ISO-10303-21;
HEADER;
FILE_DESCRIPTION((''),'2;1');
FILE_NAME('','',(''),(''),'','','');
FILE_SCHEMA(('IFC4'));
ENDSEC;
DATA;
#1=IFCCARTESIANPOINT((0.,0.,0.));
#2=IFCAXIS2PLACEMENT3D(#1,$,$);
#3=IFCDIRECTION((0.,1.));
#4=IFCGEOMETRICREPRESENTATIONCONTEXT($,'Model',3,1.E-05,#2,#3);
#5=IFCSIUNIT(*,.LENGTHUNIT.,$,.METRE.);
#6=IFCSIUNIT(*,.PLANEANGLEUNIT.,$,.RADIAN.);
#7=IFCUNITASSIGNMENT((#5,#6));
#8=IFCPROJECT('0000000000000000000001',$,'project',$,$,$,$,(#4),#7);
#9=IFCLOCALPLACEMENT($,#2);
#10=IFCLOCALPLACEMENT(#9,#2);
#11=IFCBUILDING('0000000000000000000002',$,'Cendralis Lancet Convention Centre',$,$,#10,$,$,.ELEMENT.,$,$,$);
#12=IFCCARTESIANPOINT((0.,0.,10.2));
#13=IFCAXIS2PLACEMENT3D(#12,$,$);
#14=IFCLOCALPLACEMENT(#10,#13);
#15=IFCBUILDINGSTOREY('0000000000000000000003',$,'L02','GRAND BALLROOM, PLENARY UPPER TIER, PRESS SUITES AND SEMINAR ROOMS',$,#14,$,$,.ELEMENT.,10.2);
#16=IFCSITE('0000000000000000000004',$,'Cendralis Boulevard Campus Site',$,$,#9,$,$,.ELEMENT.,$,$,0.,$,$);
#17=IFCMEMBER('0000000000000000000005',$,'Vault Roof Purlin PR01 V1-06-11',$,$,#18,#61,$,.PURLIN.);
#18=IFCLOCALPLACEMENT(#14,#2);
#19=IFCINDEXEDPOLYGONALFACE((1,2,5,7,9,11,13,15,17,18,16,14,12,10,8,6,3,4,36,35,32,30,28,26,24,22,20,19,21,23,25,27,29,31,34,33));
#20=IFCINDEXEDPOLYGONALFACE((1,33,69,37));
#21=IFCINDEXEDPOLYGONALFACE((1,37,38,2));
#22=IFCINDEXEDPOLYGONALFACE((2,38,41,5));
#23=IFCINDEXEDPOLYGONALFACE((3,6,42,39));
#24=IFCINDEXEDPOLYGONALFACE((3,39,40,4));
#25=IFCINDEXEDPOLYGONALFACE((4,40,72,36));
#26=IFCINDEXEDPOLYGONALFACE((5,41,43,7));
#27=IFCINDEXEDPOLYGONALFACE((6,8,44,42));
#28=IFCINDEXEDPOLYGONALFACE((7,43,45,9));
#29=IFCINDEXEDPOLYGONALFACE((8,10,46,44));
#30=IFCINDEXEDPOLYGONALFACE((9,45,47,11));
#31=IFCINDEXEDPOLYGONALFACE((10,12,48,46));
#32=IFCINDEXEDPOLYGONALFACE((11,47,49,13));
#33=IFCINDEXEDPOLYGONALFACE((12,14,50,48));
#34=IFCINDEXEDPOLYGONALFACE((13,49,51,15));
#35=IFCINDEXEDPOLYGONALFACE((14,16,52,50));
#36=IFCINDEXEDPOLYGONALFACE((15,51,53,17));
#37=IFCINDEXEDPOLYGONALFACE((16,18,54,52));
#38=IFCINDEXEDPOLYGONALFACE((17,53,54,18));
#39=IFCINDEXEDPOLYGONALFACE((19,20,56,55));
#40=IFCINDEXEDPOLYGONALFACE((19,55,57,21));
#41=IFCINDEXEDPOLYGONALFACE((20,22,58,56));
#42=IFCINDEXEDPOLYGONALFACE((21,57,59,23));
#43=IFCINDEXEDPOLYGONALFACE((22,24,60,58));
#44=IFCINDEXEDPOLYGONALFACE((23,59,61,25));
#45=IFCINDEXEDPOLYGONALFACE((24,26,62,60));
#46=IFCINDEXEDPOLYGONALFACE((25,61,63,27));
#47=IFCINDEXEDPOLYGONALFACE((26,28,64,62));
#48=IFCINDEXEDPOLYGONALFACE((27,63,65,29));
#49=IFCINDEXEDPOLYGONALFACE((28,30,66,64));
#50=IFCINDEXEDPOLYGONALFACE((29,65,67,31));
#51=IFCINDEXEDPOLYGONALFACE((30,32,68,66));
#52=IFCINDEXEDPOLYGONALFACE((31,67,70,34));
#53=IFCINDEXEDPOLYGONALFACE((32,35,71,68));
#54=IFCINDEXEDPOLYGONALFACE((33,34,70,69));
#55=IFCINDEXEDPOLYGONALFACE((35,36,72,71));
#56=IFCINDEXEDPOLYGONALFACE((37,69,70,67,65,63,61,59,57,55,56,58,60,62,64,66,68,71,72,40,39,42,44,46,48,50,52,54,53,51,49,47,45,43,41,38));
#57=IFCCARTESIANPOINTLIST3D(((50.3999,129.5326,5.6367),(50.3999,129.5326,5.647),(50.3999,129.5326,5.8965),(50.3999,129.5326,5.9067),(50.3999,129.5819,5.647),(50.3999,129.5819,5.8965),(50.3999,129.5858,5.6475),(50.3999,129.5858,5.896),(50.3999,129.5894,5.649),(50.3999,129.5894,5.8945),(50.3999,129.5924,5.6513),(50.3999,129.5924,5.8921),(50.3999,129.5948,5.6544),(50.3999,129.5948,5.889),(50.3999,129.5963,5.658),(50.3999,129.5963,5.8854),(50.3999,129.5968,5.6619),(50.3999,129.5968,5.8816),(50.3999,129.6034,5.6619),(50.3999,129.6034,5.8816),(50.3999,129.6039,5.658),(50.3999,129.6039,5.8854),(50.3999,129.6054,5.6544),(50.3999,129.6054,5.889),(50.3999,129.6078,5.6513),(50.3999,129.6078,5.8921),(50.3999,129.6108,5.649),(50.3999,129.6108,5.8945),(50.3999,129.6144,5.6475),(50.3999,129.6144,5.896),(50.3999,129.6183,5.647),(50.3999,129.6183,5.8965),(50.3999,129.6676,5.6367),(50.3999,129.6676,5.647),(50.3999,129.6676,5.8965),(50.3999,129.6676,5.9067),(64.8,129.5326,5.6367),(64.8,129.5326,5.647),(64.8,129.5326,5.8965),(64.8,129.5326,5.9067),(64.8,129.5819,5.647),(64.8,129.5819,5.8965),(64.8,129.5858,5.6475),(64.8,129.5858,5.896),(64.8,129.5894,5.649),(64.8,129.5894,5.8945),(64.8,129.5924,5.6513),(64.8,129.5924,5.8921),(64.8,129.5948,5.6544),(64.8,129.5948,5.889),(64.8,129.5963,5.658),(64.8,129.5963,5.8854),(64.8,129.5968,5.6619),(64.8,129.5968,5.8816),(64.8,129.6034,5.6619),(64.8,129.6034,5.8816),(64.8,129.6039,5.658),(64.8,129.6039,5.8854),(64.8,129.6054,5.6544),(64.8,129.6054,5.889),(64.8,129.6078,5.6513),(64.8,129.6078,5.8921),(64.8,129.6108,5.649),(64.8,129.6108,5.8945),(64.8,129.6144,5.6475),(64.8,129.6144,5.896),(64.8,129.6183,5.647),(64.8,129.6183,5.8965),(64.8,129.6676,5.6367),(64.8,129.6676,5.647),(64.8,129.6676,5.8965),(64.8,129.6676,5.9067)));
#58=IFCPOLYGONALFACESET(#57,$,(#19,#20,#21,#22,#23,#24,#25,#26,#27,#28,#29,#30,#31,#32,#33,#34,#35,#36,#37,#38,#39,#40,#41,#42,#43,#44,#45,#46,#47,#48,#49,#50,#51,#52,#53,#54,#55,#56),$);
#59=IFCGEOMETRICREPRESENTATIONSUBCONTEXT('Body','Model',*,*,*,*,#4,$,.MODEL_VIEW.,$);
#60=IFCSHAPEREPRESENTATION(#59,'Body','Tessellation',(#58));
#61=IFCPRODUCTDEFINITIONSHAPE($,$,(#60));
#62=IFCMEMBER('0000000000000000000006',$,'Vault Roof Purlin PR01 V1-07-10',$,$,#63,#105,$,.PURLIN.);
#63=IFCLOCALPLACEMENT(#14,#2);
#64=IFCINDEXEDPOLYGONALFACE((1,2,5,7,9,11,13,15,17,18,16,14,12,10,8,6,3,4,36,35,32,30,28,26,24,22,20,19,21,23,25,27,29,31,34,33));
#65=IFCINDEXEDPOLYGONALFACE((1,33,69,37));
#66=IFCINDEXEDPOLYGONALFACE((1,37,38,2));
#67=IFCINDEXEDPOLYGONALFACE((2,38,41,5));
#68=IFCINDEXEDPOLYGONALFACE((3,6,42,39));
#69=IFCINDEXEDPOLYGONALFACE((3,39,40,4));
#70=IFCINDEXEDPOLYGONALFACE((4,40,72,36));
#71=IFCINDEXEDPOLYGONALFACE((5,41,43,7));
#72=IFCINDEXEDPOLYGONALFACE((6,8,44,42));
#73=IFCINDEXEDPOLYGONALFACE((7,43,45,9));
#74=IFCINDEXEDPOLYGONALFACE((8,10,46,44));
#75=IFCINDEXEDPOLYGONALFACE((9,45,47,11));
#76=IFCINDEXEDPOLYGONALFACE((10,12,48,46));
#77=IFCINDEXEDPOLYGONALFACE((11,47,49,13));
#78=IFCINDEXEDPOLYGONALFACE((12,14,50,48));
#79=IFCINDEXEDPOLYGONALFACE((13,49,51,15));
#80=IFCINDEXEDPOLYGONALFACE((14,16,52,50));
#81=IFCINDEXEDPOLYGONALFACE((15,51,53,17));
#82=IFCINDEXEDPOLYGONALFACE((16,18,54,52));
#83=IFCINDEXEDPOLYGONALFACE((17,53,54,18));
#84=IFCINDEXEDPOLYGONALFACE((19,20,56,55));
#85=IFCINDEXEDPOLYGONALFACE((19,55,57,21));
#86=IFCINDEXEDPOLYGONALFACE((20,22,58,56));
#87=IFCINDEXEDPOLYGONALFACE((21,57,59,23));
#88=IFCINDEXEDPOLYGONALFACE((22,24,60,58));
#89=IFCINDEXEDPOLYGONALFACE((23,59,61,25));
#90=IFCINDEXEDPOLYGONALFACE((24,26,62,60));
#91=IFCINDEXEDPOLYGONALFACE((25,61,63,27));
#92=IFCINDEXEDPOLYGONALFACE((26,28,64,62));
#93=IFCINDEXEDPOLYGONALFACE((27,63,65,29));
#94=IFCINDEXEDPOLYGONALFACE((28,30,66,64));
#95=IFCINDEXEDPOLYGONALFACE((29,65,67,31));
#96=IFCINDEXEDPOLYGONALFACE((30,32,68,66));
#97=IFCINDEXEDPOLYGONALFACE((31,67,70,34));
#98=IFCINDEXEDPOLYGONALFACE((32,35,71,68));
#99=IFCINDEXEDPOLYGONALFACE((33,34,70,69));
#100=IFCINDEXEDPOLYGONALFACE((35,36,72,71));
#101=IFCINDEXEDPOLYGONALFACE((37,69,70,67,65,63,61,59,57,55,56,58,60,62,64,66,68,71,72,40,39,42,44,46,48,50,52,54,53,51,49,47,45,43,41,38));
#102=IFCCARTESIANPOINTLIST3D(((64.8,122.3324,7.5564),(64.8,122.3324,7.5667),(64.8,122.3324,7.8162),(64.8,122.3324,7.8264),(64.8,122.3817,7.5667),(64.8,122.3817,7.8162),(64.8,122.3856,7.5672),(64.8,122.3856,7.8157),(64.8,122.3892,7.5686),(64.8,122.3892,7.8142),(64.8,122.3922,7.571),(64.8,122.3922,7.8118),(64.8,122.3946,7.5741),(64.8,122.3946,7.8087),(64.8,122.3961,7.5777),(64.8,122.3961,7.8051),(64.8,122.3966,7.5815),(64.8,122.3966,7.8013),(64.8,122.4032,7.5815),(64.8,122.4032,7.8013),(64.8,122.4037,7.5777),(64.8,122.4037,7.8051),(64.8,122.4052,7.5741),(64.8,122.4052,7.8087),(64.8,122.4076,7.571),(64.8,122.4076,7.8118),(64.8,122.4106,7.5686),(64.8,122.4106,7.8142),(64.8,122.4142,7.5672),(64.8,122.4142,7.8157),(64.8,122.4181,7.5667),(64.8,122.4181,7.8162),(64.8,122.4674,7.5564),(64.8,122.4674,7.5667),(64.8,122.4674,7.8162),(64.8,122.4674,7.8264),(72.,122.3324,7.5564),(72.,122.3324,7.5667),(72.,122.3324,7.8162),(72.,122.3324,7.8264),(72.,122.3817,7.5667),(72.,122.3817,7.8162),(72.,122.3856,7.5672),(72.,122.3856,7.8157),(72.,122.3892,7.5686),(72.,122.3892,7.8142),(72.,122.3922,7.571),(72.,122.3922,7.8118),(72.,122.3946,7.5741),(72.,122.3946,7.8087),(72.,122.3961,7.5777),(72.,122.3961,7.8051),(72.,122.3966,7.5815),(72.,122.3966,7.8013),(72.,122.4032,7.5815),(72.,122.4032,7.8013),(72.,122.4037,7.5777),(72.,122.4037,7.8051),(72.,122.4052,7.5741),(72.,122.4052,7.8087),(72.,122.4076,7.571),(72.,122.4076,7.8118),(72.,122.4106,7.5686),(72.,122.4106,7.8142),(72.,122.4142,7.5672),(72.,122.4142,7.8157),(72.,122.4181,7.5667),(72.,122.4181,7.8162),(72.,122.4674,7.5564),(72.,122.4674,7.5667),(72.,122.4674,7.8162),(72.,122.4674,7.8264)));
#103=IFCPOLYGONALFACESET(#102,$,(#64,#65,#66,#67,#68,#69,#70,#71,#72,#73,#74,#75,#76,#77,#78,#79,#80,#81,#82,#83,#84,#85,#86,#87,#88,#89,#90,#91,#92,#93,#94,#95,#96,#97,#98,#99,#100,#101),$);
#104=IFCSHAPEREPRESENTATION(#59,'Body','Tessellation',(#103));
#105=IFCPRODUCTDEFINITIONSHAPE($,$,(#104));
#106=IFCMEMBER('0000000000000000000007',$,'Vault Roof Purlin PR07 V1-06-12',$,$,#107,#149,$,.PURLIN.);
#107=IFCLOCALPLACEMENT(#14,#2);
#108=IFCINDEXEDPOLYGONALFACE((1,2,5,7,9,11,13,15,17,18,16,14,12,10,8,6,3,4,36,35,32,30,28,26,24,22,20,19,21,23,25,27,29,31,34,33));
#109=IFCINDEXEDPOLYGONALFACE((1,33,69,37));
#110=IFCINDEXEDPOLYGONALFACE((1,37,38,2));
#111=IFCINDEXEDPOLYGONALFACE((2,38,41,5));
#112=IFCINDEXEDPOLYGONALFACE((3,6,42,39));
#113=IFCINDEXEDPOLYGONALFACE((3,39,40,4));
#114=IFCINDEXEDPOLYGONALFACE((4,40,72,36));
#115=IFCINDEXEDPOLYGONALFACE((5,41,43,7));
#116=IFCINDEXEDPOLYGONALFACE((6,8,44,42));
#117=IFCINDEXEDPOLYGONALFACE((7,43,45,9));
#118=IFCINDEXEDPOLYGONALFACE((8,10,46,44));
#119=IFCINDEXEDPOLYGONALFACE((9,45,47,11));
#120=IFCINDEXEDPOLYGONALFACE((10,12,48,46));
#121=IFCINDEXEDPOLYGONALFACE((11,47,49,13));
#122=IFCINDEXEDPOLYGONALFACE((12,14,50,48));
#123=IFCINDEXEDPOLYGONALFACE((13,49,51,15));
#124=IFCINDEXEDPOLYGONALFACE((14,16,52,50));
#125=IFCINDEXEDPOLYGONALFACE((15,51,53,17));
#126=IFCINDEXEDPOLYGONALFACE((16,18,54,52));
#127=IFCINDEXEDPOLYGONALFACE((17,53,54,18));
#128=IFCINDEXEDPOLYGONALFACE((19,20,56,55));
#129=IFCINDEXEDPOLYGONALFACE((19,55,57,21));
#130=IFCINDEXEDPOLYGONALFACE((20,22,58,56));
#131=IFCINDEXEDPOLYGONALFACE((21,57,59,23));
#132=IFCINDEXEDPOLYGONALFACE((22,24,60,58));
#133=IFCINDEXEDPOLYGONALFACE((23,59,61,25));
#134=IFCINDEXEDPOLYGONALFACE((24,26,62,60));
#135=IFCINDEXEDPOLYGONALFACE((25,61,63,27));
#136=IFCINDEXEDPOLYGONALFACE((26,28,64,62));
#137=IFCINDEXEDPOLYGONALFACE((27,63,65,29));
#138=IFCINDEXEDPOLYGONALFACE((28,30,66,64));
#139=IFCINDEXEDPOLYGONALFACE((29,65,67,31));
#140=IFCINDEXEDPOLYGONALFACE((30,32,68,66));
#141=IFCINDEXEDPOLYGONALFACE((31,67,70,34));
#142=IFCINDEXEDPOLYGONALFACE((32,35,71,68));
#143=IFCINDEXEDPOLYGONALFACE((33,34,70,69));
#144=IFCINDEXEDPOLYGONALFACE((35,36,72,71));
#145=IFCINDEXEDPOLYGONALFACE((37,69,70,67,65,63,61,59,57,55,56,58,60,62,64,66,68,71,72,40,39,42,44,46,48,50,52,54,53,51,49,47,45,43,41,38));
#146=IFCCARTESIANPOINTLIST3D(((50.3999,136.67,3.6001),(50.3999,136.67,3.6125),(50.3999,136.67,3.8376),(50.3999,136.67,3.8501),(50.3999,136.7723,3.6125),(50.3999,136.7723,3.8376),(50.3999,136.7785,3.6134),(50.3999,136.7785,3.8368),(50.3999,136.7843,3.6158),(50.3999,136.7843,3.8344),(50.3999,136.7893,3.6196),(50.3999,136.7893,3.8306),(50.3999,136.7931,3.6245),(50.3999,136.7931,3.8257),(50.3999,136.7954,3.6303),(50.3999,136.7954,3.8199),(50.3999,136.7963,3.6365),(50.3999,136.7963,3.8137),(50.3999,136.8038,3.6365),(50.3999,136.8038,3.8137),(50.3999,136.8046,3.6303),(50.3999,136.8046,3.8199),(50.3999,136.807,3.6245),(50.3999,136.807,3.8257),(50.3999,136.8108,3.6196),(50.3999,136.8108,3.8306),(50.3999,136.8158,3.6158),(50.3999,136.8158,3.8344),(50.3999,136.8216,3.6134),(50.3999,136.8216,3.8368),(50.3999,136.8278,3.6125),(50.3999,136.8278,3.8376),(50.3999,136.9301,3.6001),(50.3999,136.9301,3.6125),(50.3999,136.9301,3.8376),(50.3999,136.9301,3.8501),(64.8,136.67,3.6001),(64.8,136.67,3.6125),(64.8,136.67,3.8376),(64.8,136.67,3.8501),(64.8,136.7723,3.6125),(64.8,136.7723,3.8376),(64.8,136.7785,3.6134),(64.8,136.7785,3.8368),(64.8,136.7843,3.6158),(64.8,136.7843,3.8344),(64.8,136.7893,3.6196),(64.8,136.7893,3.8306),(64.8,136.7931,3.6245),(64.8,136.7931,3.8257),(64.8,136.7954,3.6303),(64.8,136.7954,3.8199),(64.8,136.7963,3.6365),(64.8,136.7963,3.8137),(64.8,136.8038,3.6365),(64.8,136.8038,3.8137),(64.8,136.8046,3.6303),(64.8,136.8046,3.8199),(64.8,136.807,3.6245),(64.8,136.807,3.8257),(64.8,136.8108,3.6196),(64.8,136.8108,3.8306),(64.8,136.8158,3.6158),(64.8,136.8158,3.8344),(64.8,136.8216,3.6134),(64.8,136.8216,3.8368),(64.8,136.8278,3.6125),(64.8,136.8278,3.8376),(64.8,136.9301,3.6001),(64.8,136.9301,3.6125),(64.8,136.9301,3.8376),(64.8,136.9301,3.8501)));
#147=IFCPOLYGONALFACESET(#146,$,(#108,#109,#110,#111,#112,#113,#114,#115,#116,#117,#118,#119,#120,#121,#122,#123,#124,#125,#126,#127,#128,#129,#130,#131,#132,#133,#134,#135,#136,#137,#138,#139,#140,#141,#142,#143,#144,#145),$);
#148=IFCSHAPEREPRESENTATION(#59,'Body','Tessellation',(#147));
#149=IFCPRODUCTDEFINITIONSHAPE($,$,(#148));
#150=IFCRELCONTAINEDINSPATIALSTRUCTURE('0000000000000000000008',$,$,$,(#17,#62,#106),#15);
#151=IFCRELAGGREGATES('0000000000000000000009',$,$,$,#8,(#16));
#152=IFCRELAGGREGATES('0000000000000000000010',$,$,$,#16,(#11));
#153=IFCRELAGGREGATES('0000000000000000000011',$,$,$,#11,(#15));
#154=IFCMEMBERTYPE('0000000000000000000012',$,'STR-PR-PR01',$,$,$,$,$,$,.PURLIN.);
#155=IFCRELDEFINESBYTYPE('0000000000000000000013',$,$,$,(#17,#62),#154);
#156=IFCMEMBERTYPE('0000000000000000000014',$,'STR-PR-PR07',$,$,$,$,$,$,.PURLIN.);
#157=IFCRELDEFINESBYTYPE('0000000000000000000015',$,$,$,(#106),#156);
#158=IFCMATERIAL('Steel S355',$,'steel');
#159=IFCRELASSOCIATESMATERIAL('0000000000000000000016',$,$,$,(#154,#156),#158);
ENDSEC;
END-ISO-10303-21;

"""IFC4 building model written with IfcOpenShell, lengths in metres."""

from ifc_helpers import new_model, si_unit, direction, frame, origin, origin_2d, place, context, subcontext, project, spatial, i_section, extrude, material, material_profile, profile_set, type_object, element, save


model = new_model("IFC4")

# Units and contexts
model_context = context("Model", 3, precision=1e-05, world=origin(), true_north=direction((0.0, 1.0)))
body_context = subcontext(model_context, "Body", "Model", "MODEL_VIEW")
ifc_project = project(units=[si_unit("LENGTHUNIT", "METRE"), si_unit("PLANEANGLEUNIT", "RADIAN")], contexts=[model_context])

# Site, building, storey
site_placement = place(None, origin())
site = spatial("IfcSite", under=ifc_project, at=site_placement, Name="Cendralis Boulevard Campus Site", CompositionType="ELEMENT", RefElevation=0.0)
building_placement = place(site_placement, origin())
building = spatial("IfcBuilding", under=site, at=building_placement, Name="Cendralis Lancet Convention Centre", CompositionType="ELEMENT")
storey_placement = place(building_placement, frame((0.0, 0.0, 10.2)))
storey = spatial("IfcBuildingStorey", under=building, at=storey_placement, Name="L02", Description="GRAND BALLROOM, PLENARY UPPER TIER, PRESS SUITES AND SEMINAR ROOMS", CompositionType="ELEMENT", Elevation=10.2)

# Members
ifc_material_1 = material(Name="Steel S355", Category="steel")
ifc_material_profile_1 = material_profile(ifc_material_1, i_section(OverallWidth=0.135, OverallDepth=0.27, WebThickness=0.0066, FlangeThickness=0.0103, FilletRadius=0.0149, at=origin_2d()), Name="IPE 270")
ifc_profile_set_1 = profile_set([ifc_material_profile_1], Name="Steel S355")
member_type_1 = type_object("IfcMemberType", Name="STR-PR-PR01", PredefinedType="PURLIN", material=ifc_profile_set_1)
for number, where, z_axis, x_axis, name in (
    (1, (50.3999, 129.6001, 5.7717), (1.0, 0.0, 0.0), (0.0, 1.0, 0.0), "Vault Roof Purlin PR01 V1-06-11"),
):
    element("IfcMember", number, at=place(storey_placement, frame(where, z_axis=z_axis, x_axis=x_axis)), inside=storey, type_object=member_type_1, Name=name, PredefinedType="PURLIN", context=body_context, shape_type="SweptSolid", body=[
        extrude(i_section(OverallWidth=0.135, OverallDepth=0.27, WebThickness=0.0066, FlangeThickness=0.0103, FilletRadius=0.0149, at=origin_2d()), origin(), (0.0, 0.0, 1.0), 14.4001),
    ])
member_1_placement = place(storey_placement, frame((64.8, 122.3999, 7.6914), z_axis=(1.0, 0.0, 0.0), x_axis=(0.0, 1.0, 0.0)))
element("IfcMember", 2, at=member_1_placement, inside=storey, type_object=member_type_1, Name="Vault Roof Purlin PR01 V1-07-10", PredefinedType="PURLIN", context=body_context, shape_type="SweptSolid", body=[
    extrude(i_section(OverallWidth=0.135, OverallDepth=0.27, WebThickness=0.0066, FlangeThickness=0.0103, FilletRadius=0.0149, at=origin_2d()), origin(), (0.0, 0.0, 1.0), 7.2),
])
ifc_material_profile_2 = material_profile(ifc_material_1, i_section(OverallWidth=0.26, OverallDepth=0.25, WebThickness=0.0076, FlangeThickness=0.0125, FilletRadius=0.0239, at=origin_2d()), Name="HEA 260")
ifc_profile_set_2 = profile_set([ifc_material_profile_2], Name="Steel S355")
member_type_2 = type_object("IfcMemberType", Name="STR-PR-PR07", PredefinedType="PURLIN", material=ifc_profile_set_2)
member_2_placement = place(storey_placement, frame((50.3999, 136.8, 3.7251), z_axis=(1.0, 0.0, 0.0), x_axis=(0.0, 1.0, 0.0)))
element("IfcMember", 3, at=member_2_placement, inside=storey, type_object=member_type_2, Name="Vault Roof Purlin PR07 V1-06-12", PredefinedType="PURLIN", context=body_context, shape_type="SweptSolid", body=[
    extrude(i_section(OverallWidth=0.26, OverallDepth=0.25, WebThickness=0.0076, FlangeThickness=0.0125, FilletRadius=0.0239, at=origin_2d()), origin(), (0.0, 0.0, 1.0), 14.4001),
])

save(model, "model.ifc")
